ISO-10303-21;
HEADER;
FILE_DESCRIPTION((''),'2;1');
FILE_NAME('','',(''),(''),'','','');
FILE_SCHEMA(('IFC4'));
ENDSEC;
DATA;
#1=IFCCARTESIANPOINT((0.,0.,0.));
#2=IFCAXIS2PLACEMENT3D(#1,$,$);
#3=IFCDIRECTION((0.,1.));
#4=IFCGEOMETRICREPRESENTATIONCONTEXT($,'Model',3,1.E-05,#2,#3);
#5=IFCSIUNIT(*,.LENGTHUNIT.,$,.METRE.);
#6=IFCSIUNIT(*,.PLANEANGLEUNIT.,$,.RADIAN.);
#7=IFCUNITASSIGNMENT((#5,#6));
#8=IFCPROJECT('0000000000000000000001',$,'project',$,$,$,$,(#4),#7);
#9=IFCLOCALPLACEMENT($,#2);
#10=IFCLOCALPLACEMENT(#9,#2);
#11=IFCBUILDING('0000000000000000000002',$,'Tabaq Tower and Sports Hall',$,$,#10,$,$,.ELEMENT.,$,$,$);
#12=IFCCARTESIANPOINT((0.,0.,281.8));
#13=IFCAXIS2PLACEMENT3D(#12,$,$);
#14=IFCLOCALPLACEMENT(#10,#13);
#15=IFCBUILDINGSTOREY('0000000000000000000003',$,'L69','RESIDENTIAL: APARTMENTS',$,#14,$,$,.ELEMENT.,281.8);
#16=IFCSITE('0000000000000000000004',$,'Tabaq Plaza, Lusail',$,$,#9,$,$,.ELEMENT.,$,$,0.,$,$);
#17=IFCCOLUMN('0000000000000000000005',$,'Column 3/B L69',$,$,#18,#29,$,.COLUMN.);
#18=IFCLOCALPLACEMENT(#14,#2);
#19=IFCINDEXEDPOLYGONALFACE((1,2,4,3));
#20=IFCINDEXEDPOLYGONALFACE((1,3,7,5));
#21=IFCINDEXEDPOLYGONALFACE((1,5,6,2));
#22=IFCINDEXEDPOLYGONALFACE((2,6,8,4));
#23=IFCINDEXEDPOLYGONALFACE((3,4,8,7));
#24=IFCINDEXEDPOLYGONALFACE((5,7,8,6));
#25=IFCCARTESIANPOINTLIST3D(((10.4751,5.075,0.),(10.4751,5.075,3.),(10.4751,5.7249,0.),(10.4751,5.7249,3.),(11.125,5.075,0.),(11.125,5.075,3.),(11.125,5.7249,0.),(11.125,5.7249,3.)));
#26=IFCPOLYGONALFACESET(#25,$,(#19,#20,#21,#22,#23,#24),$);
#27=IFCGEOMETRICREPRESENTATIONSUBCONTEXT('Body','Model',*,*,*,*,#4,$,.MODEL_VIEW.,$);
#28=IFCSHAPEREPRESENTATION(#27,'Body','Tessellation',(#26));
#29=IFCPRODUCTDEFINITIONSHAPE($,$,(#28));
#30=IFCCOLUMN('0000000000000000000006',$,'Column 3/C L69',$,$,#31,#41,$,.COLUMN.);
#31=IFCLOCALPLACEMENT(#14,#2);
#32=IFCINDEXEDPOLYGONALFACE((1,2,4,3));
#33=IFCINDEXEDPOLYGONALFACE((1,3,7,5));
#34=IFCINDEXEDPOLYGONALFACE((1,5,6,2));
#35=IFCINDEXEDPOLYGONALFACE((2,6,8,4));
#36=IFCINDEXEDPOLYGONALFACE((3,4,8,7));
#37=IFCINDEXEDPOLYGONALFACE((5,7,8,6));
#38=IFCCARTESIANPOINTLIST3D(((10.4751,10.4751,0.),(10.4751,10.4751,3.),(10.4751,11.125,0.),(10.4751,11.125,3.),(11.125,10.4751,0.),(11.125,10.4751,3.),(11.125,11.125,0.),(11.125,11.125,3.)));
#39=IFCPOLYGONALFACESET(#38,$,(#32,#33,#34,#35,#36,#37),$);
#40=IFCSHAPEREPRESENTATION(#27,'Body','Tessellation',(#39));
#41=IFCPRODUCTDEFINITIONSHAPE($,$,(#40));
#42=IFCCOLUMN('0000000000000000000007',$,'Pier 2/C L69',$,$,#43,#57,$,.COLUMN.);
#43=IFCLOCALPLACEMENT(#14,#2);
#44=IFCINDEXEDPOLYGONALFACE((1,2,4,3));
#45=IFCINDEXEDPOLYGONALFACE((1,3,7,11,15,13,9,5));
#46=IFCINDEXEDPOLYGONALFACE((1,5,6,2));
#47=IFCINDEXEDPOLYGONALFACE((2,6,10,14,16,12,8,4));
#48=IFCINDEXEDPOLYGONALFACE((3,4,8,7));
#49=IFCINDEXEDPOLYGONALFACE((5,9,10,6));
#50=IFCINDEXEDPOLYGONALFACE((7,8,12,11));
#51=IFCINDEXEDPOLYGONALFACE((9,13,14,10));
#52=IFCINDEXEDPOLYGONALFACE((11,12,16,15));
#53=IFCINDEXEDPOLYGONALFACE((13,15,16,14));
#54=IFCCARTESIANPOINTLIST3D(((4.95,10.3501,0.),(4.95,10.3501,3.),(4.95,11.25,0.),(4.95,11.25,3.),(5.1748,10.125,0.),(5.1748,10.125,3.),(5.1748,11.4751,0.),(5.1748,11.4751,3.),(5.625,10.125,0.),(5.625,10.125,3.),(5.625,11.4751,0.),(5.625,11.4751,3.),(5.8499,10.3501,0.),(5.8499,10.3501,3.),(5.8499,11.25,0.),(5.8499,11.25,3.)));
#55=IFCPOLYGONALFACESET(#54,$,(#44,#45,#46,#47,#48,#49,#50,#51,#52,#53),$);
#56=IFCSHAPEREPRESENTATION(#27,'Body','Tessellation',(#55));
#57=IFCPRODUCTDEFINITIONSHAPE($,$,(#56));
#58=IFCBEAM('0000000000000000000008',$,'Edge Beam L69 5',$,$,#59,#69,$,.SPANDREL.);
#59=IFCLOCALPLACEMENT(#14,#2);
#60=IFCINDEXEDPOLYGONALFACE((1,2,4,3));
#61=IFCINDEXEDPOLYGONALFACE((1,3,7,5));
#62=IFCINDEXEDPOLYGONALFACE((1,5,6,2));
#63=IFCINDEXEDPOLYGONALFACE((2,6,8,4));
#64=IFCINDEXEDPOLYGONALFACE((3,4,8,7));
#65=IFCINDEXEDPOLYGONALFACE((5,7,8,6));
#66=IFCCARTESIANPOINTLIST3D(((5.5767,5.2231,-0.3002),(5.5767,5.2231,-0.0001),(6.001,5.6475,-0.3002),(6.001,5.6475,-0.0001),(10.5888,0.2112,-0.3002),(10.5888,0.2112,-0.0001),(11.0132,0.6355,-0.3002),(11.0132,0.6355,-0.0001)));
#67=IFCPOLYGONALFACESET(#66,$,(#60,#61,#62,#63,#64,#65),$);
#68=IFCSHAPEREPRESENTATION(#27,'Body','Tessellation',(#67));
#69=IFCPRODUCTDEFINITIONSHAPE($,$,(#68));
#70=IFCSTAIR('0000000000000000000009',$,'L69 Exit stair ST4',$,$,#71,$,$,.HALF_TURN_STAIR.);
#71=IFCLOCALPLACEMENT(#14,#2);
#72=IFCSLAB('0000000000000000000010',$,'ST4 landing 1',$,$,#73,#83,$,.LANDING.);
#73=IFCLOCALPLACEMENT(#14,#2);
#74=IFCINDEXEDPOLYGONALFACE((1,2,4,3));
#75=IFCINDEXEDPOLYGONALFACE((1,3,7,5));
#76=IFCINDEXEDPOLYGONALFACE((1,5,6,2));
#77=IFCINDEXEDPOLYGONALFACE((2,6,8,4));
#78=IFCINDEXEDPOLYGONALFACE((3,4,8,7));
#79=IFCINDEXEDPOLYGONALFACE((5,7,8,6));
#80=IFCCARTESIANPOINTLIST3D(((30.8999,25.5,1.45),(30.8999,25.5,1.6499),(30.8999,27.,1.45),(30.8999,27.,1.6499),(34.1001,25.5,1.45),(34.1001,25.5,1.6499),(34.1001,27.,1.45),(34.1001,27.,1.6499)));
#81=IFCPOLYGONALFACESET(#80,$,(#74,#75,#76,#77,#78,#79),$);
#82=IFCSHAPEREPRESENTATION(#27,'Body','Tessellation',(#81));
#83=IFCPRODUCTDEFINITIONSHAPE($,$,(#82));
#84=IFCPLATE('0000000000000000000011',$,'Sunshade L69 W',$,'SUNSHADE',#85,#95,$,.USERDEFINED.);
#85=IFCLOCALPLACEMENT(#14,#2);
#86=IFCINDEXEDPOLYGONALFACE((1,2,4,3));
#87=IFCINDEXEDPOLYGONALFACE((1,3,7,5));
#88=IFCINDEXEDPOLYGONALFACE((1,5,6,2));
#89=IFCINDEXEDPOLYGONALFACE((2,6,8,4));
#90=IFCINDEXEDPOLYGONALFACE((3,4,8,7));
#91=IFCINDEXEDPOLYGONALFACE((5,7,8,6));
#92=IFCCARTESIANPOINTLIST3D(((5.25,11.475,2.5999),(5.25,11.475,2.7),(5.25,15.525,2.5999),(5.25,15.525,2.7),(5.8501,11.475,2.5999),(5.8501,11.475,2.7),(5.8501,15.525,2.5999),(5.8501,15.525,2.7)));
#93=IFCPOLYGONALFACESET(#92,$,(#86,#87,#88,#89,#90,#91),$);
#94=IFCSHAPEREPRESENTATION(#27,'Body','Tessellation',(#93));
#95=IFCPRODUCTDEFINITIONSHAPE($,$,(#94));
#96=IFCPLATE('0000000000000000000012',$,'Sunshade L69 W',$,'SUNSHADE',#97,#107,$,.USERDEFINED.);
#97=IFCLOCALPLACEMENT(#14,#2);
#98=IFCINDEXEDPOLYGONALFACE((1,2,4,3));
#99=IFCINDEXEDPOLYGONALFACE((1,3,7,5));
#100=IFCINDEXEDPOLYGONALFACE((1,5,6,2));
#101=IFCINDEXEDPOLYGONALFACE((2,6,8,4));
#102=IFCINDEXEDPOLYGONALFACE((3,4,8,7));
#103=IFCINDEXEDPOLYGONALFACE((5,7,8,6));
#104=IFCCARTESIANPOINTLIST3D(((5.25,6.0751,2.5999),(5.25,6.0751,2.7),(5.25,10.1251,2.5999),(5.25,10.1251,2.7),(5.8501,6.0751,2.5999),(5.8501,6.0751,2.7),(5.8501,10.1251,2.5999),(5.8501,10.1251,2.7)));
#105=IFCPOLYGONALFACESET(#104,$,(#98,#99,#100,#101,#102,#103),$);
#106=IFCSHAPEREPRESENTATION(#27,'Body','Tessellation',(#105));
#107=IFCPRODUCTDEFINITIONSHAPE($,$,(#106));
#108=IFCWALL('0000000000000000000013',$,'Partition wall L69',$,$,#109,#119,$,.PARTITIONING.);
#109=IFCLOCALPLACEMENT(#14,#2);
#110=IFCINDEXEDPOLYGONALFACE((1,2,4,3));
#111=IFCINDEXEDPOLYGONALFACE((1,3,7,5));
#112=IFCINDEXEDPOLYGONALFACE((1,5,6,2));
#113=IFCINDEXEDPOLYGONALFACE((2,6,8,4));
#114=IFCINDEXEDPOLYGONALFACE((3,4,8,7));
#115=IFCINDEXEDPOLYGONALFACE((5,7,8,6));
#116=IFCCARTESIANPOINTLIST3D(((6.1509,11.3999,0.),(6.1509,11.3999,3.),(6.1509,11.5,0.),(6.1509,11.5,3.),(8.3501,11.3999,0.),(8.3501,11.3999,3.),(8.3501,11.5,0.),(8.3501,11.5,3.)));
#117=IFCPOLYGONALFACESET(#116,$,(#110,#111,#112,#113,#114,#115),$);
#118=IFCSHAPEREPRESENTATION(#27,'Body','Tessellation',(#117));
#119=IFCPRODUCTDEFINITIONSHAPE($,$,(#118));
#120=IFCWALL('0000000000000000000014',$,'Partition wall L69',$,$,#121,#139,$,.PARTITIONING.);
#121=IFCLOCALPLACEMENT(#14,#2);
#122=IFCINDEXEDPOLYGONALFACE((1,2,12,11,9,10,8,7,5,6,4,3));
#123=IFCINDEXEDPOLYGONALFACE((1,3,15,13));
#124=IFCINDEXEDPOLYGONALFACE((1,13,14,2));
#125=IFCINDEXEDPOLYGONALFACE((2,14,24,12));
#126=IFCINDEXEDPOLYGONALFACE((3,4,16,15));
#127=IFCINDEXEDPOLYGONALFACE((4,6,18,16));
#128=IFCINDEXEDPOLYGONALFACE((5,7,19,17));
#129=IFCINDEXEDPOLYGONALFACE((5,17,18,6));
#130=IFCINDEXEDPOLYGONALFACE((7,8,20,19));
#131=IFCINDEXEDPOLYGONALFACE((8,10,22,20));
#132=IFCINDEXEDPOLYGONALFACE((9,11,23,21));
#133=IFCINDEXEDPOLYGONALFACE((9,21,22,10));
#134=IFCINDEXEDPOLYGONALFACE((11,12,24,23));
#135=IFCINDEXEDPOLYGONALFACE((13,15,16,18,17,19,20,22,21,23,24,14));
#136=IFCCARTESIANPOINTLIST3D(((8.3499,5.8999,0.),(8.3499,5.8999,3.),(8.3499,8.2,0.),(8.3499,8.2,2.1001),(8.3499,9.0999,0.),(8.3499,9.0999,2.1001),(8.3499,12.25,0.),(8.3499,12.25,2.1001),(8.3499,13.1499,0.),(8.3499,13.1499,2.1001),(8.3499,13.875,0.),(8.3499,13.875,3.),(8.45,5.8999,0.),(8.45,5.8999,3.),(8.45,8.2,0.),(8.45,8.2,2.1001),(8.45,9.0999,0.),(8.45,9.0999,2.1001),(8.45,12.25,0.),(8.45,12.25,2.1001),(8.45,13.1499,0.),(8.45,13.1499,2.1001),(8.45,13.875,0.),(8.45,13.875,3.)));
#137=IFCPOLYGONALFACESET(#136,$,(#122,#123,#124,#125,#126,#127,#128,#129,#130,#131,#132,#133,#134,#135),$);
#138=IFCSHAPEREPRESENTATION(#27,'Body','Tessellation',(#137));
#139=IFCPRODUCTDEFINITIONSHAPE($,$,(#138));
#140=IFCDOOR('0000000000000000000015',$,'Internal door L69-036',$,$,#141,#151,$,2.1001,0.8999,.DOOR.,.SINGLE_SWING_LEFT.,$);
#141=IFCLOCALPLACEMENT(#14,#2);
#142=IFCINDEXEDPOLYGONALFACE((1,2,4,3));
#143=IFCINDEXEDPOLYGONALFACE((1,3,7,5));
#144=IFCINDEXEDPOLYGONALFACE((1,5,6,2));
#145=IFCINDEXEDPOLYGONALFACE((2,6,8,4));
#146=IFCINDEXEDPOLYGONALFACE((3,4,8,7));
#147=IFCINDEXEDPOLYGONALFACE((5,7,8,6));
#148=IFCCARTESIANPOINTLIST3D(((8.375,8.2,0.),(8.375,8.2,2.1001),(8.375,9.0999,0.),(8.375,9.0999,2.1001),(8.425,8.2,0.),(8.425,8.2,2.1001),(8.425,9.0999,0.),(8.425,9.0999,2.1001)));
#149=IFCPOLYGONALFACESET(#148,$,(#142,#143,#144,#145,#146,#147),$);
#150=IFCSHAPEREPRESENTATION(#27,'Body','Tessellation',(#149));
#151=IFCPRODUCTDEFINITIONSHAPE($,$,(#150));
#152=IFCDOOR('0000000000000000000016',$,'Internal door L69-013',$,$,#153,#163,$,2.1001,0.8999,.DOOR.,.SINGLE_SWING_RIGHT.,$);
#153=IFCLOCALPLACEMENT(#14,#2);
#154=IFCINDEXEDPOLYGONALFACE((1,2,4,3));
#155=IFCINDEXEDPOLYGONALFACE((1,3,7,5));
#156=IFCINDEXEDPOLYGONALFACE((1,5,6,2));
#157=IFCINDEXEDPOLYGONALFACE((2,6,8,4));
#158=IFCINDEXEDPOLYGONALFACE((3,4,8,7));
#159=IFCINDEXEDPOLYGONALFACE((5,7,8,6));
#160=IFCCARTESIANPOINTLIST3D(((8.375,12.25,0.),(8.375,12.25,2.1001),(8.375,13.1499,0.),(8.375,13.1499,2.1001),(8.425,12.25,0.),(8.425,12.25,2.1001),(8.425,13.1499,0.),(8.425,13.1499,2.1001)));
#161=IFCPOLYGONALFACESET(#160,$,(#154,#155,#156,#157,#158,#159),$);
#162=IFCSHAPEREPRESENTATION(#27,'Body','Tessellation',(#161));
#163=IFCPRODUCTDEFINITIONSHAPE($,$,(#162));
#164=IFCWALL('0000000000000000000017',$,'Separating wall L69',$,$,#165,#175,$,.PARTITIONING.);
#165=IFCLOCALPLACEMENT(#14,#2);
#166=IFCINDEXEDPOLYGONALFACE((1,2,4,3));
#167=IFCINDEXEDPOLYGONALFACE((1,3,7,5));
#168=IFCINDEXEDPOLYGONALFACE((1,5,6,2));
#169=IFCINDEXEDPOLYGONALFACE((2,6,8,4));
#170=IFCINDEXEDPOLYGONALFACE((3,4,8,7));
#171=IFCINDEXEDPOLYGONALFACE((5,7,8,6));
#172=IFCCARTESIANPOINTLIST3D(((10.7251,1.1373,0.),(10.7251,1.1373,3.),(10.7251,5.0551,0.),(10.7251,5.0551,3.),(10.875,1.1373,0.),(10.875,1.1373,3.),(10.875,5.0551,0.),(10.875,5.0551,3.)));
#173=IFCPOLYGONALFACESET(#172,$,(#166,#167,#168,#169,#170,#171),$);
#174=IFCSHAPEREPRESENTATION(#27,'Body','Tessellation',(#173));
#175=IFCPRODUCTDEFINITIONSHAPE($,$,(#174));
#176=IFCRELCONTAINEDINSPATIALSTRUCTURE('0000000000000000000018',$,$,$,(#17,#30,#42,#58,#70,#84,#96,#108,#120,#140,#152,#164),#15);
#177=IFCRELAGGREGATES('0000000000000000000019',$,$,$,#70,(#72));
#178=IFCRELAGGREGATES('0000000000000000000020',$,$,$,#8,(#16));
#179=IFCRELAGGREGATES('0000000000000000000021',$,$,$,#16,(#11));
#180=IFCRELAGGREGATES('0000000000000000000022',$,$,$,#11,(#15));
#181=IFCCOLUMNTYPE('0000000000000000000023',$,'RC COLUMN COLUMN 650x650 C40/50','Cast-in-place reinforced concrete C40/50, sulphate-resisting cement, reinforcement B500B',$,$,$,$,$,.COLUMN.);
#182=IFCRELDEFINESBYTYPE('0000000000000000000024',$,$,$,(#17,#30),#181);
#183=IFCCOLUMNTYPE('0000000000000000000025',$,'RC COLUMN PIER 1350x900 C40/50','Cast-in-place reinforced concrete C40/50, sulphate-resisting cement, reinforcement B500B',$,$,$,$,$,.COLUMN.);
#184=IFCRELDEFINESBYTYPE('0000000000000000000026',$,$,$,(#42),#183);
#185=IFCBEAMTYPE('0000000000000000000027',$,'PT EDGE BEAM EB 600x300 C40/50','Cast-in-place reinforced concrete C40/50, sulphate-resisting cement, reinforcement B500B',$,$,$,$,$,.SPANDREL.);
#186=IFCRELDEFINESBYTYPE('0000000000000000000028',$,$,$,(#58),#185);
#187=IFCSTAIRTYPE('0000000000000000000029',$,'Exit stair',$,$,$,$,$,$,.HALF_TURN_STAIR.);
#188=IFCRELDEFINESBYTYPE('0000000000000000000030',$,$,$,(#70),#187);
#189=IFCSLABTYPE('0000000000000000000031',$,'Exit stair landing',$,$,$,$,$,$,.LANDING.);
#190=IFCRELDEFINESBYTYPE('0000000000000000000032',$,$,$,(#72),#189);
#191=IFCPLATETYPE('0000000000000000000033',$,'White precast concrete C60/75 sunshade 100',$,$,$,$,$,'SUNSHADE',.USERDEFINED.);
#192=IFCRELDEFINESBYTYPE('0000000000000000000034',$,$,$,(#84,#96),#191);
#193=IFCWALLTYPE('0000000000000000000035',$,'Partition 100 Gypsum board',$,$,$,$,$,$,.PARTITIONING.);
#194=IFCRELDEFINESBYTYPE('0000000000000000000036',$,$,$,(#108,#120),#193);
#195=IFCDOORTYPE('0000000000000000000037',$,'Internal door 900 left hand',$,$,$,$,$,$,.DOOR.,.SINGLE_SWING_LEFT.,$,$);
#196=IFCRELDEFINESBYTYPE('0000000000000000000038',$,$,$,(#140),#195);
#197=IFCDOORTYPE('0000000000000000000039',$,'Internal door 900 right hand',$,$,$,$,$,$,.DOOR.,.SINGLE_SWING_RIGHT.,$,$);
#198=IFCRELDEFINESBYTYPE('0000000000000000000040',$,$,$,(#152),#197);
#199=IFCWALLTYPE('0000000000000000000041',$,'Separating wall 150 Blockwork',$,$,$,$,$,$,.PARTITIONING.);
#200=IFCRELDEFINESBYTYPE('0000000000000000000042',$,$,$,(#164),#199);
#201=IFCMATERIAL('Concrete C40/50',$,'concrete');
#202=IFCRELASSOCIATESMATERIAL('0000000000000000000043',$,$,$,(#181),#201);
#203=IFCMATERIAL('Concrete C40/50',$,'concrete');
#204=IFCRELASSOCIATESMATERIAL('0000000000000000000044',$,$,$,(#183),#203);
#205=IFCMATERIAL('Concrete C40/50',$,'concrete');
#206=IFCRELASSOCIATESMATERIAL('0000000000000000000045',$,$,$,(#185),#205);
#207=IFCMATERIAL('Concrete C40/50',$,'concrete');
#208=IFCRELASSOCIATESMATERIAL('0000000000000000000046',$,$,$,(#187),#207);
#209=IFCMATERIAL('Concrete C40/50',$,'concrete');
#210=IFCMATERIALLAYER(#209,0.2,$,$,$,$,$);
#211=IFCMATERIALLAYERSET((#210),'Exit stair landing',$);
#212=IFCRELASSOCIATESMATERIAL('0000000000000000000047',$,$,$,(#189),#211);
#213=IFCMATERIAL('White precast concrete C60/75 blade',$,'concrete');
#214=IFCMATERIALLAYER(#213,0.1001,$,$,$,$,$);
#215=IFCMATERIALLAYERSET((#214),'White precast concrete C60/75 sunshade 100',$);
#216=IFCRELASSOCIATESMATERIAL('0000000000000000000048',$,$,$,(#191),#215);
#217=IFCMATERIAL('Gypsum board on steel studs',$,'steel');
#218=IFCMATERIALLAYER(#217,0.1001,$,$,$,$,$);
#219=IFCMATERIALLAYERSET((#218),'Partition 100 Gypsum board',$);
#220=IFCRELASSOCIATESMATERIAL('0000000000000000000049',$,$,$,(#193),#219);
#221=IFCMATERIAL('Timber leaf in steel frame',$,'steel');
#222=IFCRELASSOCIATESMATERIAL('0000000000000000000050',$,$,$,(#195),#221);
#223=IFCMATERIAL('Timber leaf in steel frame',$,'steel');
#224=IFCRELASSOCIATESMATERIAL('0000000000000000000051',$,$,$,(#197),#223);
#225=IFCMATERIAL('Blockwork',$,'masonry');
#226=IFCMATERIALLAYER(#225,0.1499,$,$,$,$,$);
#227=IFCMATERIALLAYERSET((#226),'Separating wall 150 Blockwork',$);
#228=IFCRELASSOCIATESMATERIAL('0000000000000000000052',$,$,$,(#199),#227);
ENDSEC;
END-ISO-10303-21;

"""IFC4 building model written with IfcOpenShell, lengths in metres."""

from ifc_helpers import new_model, si_unit, direction, frame, frame_2d, origin, origin_2d, place, context, subcontext, project, spatial, polyline, rectangle, outline, extrude, material, layer, layer_set, material_profile, profile_set, type_object, element, fill, aggregate, save


model = new_model("IFC4")

# Units and contexts
model_context = context("Model", 3, precision=1e-05, world=origin(), true_north=direction((0.0, 1.0)))
body_context = subcontext(model_context, "Body", "Model", "MODEL_VIEW")
ifc_project = project(units=[si_unit("LENGTHUNIT", "METRE"), si_unit("PLANEANGLEUNIT", "RADIAN")], contexts=[model_context])

# Site, building, storey
site_placement = place(None, origin())
site = spatial("IfcSite", under=ifc_project, at=site_placement, Name="Tabaq Plaza, Lusail", CompositionType="ELEMENT", RefElevation=0.0)
building_placement = place(site_placement, origin())
building = spatial("IfcBuilding", under=site, at=building_placement, Name="Tabaq Tower and Sports Hall", CompositionType="ELEMENT")
storey_placement = place(building_placement, frame((0.0, 0.0, 281.8)))
storey = spatial("IfcBuildingStorey", under=building, at=storey_placement, Name="L69", Description="RESIDENTIAL: APARTMENTS", CompositionType="ELEMENT", Elevation=281.8)

# Columns
ifc_material_1 = material(Name="Concrete C40/50", Category="concrete")
ifc_material_profile_1 = material_profile(ifc_material_1, rectangle(XDim=0.6499, YDim=0.6499, at=origin_2d()), Name="COLUMN 650x650")
ifc_profile_set_1 = profile_set([ifc_material_profile_1], Name="Concrete C40/50")
column_type_1 = type_object("IfcColumnType", Name="RC COLUMN COLUMN 650x650 C40/50", Description="Cast-in-place reinforced concrete C40/50, sulphate-resisting cement, reinforcement B500B", PredefinedType="COLUMN", material=ifc_profile_set_1)
for number, where, z_axis, x_axis, name in (
    (1, (10.8, 5.3999, 0.0), (0.0, 0.0, 1.0), (1.0, 0.0, 0.0), "Column 3/B L69"),
    (2, (10.8, 10.8, 0.0), (0.0, 0.0, 1.0), (1.0, 0.0, 0.0), "Column 3/C L69"),
):
    element("IfcColumn", number, at=place(storey_placement, frame(where, z_axis=z_axis, x_axis=x_axis)), inside=storey, type_object=column_type_1, Name=name, PredefinedType="COLUMN", context=body_context, shape_type="SweptSolid", body=[
        extrude(rectangle(XDim=0.6499, YDim=0.6499, at=origin_2d()), origin(), (0.0, 0.0, 1.0), 3.0),
    ])
ifc_material_2 = material(Name="Concrete C40/50", Category="concrete")
ifc_material_profile_2 = material_profile(ifc_material_2, outline(polyline([(-0.45, -0.45), (0.45, -0.45), (0.675, -0.2251), (0.675, 0.2251), (0.45, 0.45), (-0.45, 0.45), (-0.675, 0.2251), (-0.675, -0.2251), (-0.45, -0.45)])), Name="PIER 1350x900")
ifc_profile_set_2 = profile_set([ifc_material_profile_2], Name="Concrete C40/50")
column_type_2 = type_object("IfcColumnType", Name="RC COLUMN PIER 1350x900 C40/50", Description="Cast-in-place reinforced concrete C40/50, sulphate-resisting cement, reinforcement B500B", PredefinedType="COLUMN", material=ifc_profile_set_2)
column_placement = place(storey_placement, frame((5.3999, 10.8, 0.0), z_axis=(0.0, 0.0, 1.0), x_axis=(0.0, 1.0, 0.0)))
element("IfcColumn", 3, at=column_placement, inside=storey, type_object=column_type_2, Name="Pier 2/C L69", PredefinedType="COLUMN", context=body_context, shape_type="SweptSolid", body=[
    extrude(outline(polyline([(-0.45, -0.45), (0.45, -0.45), (0.675, -0.2251), (0.675, 0.2251), (0.45, 0.45), (-0.45, 0.45), (-0.675, 0.2251), (-0.675, -0.2251), (-0.45, -0.45)])), origin(), (0.0, 0.0, 1.0), 3.0),
])

# Beam
ifc_material_3 = material(Name="Concrete C40/50", Category="concrete")
ifc_material_profile_3 = material_profile(ifc_material_3, rectangle(XDim=0.6001, YDim=0.3, at=origin_2d()), Name="EB 600x300")
ifc_profile_set_3 = profile_set([ifc_material_profile_3], Name="Concrete C40/50")
beam_type = type_object("IfcBeamType", Name="PT EDGE BEAM EB 600x300 C40/50", Description="Cast-in-place reinforced concrete C40/50, sulphate-resisting cement, reinforcement B500B", PredefinedType="SPANDREL", material=ifc_profile_set_3)
beam_placement = place(storey_placement, frame((5.7888, 5.4353, -0.1501), z_axis=(0.707124, -0.70709, 0.0), x_axis=(0.70709, 0.707124, 0.0)))
element("IfcBeam", 4, at=beam_placement, inside=storey, type_object=beam_type, Name="Edge Beam L69 5", PredefinedType="SPANDREL", context=body_context, shape_type="SweptSolid", body=[
    extrude(rectangle(XDim=0.6001, YDim=0.3, at=origin_2d()), origin(), (0.0, 0.0, 1.0), 7.0881),
])

# Stair, slab
ifc_material_4 = material(Name="Concrete C40/50", Category="concrete")
stair_type = type_object("IfcStairType", Name="Exit stair", PredefinedType="HALF_TURN_STAIR", material=ifc_material_4)
stair_placement = place(storey_placement, origin())
stair = element("IfcStair", 5, at=stair_placement, inside=storey, type_object=stair_type, Name="L69 Exit stair ST4", PredefinedType="HALF_TURN_STAIR")
ifc_material_5 = material(Name="Concrete C40/50", Category="concrete")
ifc_layer_1 = layer(ifc_material_5, 0.2)
ifc_layer_set_1 = layer_set([ifc_layer_1], Name="Exit stair landing")
slab_type = type_object("IfcSlabType", Name="Exit stair landing", PredefinedType="LANDING", material=ifc_layer_set_1)
slab_placement = place(storey_placement, frame((0.0, 0.0, 1.45)))
slab = element("IfcSlab", 6, at=slab_placement, type_object=slab_type, Name="ST4 landing 1", PredefinedType="LANDING", context=body_context, shape_type="SweptSolid", body=[
    extrude(outline(polyline([(30.8999, 27.0), (30.8999, 25.5), (34.1001, 25.5), (34.1001, 27.0), (30.8999, 27.0)])), origin(), (0.0, 0.0, 1.0), 0.2),
])
aggregate(stair, [slab])

# Plates
ifc_material_6 = material(Name="White precast concrete C60/75 blade", Category="concrete")
ifc_layer_2 = layer(ifc_material_6, 0.1001)
ifc_layer_set_2 = layer_set([ifc_layer_2], Name="White precast concrete C60/75 sunshade 100")
plate_type = type_object("IfcPlateType", Name="White precast concrete C60/75 sunshade 100", ElementType="SUNSHADE", PredefinedType="USERDEFINED", material=ifc_layer_set_2)
for number, where, z_axis, x_axis, name in (
    (7, (5.55, 13.5, 2.5999), (0.0, 0.0, 1.0), (0.0, -1.0, 0.0), "Sunshade L69 W"),
    (8, (5.55, 8.1001, 2.5999), (0.0, 0.0, 1.0), (0.0, -1.0, 0.0), "Sunshade L69 W"),
):
    element("IfcPlate", number, at=place(storey_placement, frame(where, z_axis=z_axis, x_axis=x_axis)), inside=storey, type_object=plate_type, Name=name, ObjectType="SUNSHADE", PredefinedType="USERDEFINED", context=body_context, shape_type="SweptSolid", body=[
        extrude(rectangle(XDim=4.05, YDim=0.6001, at=origin_2d()), origin(), (0.0, 0.0, 1.0), 0.1001),
    ])

# Wall
ifc_material_7 = material(Name="Gypsum board on steel studs", Category="steel")
ifc_layer_3 = layer(ifc_material_7, 0.1001)
ifc_layer_set_3 = layer_set([ifc_layer_3], Name="Partition 100 Gypsum board")
wall_type_1 = type_object("IfcWallType", Name="Partition 100 Gypsum board", PredefinedType="PARTITIONING", material=ifc_layer_set_3)
wall_1_placement = place(storey_placement, frame((8.3501, 11.45, 0.0), z_axis=(0.0, 0.0, 1.0), x_axis=(-1.0, 0.0, 0.0)))
element("IfcWall", 9, at=wall_1_placement, inside=storey, type_object=wall_type_1, Name="Partition wall L69", PredefinedType="PARTITIONING", context=body_context, shape_type="SweptSolid", body=[
    extrude(rectangle(XDim=2.1992, YDim=0.1001, at=frame_2d((1.0996, 0.0))), origin(), (0.0, 0.0, 1.0), 3.0),
])

# Wall, openings, doors
wall_2_placement = place(storey_placement, frame((8.3999, 5.8999, 0.0), z_axis=(0.0, 0.0, 1.0), x_axis=(0.0, 1.0, 0.0)))
wall_2 = element("IfcWall", 10, at=wall_2_placement, inside=storey, type_object=wall_type_1, Name="Partition wall L69", PredefinedType="PARTITIONING", context=body_context, shape_type="SweptSolid", body=[
    extrude(rectangle(XDim=7.9751, YDim=0.1001, at=frame_2d((3.9875, 0.0))), origin(), (0.0, 0.0, 1.0), 3.0),
])
opening_1_placement = place(wall_2_placement, frame((6.3501, 0.0, 0.0)))
opening_1 = element("IfcOpeningElement", 11, at=opening_1_placement, cuts=wall_2, PredefinedType="OPENING", context=body_context, shape_type="SweptSolid", body=[
    extrude(rectangle(XDim=0.8999, YDim=2.1001, at=frame_2d((0.45, 1.05))), frame((0.0, 0.05, 0.0), z_axis=(0.0, -1.0, 0.0), x_axis=(1.0, 0.0, 0.0)), (0.0, 0.0, 1.0), 0.1001),
])
opening_2_placement = place(wall_2_placement, frame((2.3, 0.0, 0.0)))
opening_2 = element("IfcOpeningElement", 12, at=opening_2_placement, cuts=wall_2, PredefinedType="OPENING", context=body_context, shape_type="SweptSolid", body=[
    extrude(rectangle(XDim=0.8999, YDim=2.1001, at=frame_2d((0.45, 1.05))), frame((0.0, 0.05, 0.0), z_axis=(0.0, -1.0, 0.0), x_axis=(1.0, 0.0, 0.0)), (0.0, 0.0, 1.0), 0.1001),
])
ifc_material_8 = material(Name="Timber leaf in steel frame", Category="steel")
door_type_1 = type_object("IfcDoorType", Name="Internal door 900 left hand", OperationType="SINGLE_SWING_LEFT", PredefinedType="DOOR", material=ifc_material_8)
door_1_placement = place(opening_2_placement, origin())
door_1 = element("IfcDoor", 13, at=door_1_placement, inside=storey, type_object=door_type_1, Name="Internal door L69-036", OperationType="SINGLE_SWING_LEFT", OverallHeight=2.1001, OverallWidth=0.8999, PredefinedType="DOOR", context=body_context, shape_type="SweptSolid", body=[
    extrude(rectangle(XDim=0.8999, YDim=2.1001, at=frame_2d((0.45, 1.05))), frame((0.0, 0.0249, 0.0), z_axis=(0.0, -1.0, 0.0), x_axis=(1.0, 0.0, 0.0)), (0.0, 0.0, 1.0), 0.05),
])
fill(opening_2, door_1)
ifc_material_9 = material(Name="Timber leaf in steel frame", Category="steel")
door_type_2 = type_object("IfcDoorType", Name="Internal door 900 right hand", OperationType="SINGLE_SWING_RIGHT", PredefinedType="DOOR", material=ifc_material_9)
door_2_placement = place(opening_1_placement, origin())
door_2 = element("IfcDoor", 14, at=door_2_placement, inside=storey, type_object=door_type_2, Name="Internal door L69-013", OperationType="SINGLE_SWING_RIGHT", OverallHeight=2.1001, OverallWidth=0.8999, PredefinedType="DOOR", context=body_context, shape_type="SweptSolid", body=[
    extrude(rectangle(XDim=0.8999, YDim=2.1001, at=frame_2d((0.45, 1.05))), frame((0.0, 0.0249, 0.0), z_axis=(0.0, -1.0, 0.0), x_axis=(1.0, 0.0, 0.0)), (0.0, 0.0, 1.0), 0.05),
])
fill(opening_1, door_2)

# Wall
ifc_material_10 = material(Name="Blockwork", Category="masonry")
ifc_layer_4 = layer(ifc_material_10, 0.1499)
ifc_layer_set_4 = layer_set([ifc_layer_4], Name="Separating wall 150 Blockwork")
wall_type_2 = type_object("IfcWallType", Name="Separating wall 150 Blockwork", PredefinedType="PARTITIONING", material=ifc_layer_set_4)
wall_3_placement = place(storey_placement, frame((10.8, 1.1372, 0.0), z_axis=(0.0, 0.0, 1.0), x_axis=(0.0, 1.0, 0.0)))
element("IfcWall", 15, at=wall_3_placement, inside=storey, type_object=wall_type_2, Name="Separating wall L69", PredefinedType="PARTITIONING", context=body_context, shape_type="SweptSolid", body=[
    extrude(rectangle(XDim=3.9177, YDim=0.1499, at=frame_2d((1.959, 0.0))), origin(), (0.0, 0.0, 1.0), 3.0),
])

save(model, "model.ifc")
